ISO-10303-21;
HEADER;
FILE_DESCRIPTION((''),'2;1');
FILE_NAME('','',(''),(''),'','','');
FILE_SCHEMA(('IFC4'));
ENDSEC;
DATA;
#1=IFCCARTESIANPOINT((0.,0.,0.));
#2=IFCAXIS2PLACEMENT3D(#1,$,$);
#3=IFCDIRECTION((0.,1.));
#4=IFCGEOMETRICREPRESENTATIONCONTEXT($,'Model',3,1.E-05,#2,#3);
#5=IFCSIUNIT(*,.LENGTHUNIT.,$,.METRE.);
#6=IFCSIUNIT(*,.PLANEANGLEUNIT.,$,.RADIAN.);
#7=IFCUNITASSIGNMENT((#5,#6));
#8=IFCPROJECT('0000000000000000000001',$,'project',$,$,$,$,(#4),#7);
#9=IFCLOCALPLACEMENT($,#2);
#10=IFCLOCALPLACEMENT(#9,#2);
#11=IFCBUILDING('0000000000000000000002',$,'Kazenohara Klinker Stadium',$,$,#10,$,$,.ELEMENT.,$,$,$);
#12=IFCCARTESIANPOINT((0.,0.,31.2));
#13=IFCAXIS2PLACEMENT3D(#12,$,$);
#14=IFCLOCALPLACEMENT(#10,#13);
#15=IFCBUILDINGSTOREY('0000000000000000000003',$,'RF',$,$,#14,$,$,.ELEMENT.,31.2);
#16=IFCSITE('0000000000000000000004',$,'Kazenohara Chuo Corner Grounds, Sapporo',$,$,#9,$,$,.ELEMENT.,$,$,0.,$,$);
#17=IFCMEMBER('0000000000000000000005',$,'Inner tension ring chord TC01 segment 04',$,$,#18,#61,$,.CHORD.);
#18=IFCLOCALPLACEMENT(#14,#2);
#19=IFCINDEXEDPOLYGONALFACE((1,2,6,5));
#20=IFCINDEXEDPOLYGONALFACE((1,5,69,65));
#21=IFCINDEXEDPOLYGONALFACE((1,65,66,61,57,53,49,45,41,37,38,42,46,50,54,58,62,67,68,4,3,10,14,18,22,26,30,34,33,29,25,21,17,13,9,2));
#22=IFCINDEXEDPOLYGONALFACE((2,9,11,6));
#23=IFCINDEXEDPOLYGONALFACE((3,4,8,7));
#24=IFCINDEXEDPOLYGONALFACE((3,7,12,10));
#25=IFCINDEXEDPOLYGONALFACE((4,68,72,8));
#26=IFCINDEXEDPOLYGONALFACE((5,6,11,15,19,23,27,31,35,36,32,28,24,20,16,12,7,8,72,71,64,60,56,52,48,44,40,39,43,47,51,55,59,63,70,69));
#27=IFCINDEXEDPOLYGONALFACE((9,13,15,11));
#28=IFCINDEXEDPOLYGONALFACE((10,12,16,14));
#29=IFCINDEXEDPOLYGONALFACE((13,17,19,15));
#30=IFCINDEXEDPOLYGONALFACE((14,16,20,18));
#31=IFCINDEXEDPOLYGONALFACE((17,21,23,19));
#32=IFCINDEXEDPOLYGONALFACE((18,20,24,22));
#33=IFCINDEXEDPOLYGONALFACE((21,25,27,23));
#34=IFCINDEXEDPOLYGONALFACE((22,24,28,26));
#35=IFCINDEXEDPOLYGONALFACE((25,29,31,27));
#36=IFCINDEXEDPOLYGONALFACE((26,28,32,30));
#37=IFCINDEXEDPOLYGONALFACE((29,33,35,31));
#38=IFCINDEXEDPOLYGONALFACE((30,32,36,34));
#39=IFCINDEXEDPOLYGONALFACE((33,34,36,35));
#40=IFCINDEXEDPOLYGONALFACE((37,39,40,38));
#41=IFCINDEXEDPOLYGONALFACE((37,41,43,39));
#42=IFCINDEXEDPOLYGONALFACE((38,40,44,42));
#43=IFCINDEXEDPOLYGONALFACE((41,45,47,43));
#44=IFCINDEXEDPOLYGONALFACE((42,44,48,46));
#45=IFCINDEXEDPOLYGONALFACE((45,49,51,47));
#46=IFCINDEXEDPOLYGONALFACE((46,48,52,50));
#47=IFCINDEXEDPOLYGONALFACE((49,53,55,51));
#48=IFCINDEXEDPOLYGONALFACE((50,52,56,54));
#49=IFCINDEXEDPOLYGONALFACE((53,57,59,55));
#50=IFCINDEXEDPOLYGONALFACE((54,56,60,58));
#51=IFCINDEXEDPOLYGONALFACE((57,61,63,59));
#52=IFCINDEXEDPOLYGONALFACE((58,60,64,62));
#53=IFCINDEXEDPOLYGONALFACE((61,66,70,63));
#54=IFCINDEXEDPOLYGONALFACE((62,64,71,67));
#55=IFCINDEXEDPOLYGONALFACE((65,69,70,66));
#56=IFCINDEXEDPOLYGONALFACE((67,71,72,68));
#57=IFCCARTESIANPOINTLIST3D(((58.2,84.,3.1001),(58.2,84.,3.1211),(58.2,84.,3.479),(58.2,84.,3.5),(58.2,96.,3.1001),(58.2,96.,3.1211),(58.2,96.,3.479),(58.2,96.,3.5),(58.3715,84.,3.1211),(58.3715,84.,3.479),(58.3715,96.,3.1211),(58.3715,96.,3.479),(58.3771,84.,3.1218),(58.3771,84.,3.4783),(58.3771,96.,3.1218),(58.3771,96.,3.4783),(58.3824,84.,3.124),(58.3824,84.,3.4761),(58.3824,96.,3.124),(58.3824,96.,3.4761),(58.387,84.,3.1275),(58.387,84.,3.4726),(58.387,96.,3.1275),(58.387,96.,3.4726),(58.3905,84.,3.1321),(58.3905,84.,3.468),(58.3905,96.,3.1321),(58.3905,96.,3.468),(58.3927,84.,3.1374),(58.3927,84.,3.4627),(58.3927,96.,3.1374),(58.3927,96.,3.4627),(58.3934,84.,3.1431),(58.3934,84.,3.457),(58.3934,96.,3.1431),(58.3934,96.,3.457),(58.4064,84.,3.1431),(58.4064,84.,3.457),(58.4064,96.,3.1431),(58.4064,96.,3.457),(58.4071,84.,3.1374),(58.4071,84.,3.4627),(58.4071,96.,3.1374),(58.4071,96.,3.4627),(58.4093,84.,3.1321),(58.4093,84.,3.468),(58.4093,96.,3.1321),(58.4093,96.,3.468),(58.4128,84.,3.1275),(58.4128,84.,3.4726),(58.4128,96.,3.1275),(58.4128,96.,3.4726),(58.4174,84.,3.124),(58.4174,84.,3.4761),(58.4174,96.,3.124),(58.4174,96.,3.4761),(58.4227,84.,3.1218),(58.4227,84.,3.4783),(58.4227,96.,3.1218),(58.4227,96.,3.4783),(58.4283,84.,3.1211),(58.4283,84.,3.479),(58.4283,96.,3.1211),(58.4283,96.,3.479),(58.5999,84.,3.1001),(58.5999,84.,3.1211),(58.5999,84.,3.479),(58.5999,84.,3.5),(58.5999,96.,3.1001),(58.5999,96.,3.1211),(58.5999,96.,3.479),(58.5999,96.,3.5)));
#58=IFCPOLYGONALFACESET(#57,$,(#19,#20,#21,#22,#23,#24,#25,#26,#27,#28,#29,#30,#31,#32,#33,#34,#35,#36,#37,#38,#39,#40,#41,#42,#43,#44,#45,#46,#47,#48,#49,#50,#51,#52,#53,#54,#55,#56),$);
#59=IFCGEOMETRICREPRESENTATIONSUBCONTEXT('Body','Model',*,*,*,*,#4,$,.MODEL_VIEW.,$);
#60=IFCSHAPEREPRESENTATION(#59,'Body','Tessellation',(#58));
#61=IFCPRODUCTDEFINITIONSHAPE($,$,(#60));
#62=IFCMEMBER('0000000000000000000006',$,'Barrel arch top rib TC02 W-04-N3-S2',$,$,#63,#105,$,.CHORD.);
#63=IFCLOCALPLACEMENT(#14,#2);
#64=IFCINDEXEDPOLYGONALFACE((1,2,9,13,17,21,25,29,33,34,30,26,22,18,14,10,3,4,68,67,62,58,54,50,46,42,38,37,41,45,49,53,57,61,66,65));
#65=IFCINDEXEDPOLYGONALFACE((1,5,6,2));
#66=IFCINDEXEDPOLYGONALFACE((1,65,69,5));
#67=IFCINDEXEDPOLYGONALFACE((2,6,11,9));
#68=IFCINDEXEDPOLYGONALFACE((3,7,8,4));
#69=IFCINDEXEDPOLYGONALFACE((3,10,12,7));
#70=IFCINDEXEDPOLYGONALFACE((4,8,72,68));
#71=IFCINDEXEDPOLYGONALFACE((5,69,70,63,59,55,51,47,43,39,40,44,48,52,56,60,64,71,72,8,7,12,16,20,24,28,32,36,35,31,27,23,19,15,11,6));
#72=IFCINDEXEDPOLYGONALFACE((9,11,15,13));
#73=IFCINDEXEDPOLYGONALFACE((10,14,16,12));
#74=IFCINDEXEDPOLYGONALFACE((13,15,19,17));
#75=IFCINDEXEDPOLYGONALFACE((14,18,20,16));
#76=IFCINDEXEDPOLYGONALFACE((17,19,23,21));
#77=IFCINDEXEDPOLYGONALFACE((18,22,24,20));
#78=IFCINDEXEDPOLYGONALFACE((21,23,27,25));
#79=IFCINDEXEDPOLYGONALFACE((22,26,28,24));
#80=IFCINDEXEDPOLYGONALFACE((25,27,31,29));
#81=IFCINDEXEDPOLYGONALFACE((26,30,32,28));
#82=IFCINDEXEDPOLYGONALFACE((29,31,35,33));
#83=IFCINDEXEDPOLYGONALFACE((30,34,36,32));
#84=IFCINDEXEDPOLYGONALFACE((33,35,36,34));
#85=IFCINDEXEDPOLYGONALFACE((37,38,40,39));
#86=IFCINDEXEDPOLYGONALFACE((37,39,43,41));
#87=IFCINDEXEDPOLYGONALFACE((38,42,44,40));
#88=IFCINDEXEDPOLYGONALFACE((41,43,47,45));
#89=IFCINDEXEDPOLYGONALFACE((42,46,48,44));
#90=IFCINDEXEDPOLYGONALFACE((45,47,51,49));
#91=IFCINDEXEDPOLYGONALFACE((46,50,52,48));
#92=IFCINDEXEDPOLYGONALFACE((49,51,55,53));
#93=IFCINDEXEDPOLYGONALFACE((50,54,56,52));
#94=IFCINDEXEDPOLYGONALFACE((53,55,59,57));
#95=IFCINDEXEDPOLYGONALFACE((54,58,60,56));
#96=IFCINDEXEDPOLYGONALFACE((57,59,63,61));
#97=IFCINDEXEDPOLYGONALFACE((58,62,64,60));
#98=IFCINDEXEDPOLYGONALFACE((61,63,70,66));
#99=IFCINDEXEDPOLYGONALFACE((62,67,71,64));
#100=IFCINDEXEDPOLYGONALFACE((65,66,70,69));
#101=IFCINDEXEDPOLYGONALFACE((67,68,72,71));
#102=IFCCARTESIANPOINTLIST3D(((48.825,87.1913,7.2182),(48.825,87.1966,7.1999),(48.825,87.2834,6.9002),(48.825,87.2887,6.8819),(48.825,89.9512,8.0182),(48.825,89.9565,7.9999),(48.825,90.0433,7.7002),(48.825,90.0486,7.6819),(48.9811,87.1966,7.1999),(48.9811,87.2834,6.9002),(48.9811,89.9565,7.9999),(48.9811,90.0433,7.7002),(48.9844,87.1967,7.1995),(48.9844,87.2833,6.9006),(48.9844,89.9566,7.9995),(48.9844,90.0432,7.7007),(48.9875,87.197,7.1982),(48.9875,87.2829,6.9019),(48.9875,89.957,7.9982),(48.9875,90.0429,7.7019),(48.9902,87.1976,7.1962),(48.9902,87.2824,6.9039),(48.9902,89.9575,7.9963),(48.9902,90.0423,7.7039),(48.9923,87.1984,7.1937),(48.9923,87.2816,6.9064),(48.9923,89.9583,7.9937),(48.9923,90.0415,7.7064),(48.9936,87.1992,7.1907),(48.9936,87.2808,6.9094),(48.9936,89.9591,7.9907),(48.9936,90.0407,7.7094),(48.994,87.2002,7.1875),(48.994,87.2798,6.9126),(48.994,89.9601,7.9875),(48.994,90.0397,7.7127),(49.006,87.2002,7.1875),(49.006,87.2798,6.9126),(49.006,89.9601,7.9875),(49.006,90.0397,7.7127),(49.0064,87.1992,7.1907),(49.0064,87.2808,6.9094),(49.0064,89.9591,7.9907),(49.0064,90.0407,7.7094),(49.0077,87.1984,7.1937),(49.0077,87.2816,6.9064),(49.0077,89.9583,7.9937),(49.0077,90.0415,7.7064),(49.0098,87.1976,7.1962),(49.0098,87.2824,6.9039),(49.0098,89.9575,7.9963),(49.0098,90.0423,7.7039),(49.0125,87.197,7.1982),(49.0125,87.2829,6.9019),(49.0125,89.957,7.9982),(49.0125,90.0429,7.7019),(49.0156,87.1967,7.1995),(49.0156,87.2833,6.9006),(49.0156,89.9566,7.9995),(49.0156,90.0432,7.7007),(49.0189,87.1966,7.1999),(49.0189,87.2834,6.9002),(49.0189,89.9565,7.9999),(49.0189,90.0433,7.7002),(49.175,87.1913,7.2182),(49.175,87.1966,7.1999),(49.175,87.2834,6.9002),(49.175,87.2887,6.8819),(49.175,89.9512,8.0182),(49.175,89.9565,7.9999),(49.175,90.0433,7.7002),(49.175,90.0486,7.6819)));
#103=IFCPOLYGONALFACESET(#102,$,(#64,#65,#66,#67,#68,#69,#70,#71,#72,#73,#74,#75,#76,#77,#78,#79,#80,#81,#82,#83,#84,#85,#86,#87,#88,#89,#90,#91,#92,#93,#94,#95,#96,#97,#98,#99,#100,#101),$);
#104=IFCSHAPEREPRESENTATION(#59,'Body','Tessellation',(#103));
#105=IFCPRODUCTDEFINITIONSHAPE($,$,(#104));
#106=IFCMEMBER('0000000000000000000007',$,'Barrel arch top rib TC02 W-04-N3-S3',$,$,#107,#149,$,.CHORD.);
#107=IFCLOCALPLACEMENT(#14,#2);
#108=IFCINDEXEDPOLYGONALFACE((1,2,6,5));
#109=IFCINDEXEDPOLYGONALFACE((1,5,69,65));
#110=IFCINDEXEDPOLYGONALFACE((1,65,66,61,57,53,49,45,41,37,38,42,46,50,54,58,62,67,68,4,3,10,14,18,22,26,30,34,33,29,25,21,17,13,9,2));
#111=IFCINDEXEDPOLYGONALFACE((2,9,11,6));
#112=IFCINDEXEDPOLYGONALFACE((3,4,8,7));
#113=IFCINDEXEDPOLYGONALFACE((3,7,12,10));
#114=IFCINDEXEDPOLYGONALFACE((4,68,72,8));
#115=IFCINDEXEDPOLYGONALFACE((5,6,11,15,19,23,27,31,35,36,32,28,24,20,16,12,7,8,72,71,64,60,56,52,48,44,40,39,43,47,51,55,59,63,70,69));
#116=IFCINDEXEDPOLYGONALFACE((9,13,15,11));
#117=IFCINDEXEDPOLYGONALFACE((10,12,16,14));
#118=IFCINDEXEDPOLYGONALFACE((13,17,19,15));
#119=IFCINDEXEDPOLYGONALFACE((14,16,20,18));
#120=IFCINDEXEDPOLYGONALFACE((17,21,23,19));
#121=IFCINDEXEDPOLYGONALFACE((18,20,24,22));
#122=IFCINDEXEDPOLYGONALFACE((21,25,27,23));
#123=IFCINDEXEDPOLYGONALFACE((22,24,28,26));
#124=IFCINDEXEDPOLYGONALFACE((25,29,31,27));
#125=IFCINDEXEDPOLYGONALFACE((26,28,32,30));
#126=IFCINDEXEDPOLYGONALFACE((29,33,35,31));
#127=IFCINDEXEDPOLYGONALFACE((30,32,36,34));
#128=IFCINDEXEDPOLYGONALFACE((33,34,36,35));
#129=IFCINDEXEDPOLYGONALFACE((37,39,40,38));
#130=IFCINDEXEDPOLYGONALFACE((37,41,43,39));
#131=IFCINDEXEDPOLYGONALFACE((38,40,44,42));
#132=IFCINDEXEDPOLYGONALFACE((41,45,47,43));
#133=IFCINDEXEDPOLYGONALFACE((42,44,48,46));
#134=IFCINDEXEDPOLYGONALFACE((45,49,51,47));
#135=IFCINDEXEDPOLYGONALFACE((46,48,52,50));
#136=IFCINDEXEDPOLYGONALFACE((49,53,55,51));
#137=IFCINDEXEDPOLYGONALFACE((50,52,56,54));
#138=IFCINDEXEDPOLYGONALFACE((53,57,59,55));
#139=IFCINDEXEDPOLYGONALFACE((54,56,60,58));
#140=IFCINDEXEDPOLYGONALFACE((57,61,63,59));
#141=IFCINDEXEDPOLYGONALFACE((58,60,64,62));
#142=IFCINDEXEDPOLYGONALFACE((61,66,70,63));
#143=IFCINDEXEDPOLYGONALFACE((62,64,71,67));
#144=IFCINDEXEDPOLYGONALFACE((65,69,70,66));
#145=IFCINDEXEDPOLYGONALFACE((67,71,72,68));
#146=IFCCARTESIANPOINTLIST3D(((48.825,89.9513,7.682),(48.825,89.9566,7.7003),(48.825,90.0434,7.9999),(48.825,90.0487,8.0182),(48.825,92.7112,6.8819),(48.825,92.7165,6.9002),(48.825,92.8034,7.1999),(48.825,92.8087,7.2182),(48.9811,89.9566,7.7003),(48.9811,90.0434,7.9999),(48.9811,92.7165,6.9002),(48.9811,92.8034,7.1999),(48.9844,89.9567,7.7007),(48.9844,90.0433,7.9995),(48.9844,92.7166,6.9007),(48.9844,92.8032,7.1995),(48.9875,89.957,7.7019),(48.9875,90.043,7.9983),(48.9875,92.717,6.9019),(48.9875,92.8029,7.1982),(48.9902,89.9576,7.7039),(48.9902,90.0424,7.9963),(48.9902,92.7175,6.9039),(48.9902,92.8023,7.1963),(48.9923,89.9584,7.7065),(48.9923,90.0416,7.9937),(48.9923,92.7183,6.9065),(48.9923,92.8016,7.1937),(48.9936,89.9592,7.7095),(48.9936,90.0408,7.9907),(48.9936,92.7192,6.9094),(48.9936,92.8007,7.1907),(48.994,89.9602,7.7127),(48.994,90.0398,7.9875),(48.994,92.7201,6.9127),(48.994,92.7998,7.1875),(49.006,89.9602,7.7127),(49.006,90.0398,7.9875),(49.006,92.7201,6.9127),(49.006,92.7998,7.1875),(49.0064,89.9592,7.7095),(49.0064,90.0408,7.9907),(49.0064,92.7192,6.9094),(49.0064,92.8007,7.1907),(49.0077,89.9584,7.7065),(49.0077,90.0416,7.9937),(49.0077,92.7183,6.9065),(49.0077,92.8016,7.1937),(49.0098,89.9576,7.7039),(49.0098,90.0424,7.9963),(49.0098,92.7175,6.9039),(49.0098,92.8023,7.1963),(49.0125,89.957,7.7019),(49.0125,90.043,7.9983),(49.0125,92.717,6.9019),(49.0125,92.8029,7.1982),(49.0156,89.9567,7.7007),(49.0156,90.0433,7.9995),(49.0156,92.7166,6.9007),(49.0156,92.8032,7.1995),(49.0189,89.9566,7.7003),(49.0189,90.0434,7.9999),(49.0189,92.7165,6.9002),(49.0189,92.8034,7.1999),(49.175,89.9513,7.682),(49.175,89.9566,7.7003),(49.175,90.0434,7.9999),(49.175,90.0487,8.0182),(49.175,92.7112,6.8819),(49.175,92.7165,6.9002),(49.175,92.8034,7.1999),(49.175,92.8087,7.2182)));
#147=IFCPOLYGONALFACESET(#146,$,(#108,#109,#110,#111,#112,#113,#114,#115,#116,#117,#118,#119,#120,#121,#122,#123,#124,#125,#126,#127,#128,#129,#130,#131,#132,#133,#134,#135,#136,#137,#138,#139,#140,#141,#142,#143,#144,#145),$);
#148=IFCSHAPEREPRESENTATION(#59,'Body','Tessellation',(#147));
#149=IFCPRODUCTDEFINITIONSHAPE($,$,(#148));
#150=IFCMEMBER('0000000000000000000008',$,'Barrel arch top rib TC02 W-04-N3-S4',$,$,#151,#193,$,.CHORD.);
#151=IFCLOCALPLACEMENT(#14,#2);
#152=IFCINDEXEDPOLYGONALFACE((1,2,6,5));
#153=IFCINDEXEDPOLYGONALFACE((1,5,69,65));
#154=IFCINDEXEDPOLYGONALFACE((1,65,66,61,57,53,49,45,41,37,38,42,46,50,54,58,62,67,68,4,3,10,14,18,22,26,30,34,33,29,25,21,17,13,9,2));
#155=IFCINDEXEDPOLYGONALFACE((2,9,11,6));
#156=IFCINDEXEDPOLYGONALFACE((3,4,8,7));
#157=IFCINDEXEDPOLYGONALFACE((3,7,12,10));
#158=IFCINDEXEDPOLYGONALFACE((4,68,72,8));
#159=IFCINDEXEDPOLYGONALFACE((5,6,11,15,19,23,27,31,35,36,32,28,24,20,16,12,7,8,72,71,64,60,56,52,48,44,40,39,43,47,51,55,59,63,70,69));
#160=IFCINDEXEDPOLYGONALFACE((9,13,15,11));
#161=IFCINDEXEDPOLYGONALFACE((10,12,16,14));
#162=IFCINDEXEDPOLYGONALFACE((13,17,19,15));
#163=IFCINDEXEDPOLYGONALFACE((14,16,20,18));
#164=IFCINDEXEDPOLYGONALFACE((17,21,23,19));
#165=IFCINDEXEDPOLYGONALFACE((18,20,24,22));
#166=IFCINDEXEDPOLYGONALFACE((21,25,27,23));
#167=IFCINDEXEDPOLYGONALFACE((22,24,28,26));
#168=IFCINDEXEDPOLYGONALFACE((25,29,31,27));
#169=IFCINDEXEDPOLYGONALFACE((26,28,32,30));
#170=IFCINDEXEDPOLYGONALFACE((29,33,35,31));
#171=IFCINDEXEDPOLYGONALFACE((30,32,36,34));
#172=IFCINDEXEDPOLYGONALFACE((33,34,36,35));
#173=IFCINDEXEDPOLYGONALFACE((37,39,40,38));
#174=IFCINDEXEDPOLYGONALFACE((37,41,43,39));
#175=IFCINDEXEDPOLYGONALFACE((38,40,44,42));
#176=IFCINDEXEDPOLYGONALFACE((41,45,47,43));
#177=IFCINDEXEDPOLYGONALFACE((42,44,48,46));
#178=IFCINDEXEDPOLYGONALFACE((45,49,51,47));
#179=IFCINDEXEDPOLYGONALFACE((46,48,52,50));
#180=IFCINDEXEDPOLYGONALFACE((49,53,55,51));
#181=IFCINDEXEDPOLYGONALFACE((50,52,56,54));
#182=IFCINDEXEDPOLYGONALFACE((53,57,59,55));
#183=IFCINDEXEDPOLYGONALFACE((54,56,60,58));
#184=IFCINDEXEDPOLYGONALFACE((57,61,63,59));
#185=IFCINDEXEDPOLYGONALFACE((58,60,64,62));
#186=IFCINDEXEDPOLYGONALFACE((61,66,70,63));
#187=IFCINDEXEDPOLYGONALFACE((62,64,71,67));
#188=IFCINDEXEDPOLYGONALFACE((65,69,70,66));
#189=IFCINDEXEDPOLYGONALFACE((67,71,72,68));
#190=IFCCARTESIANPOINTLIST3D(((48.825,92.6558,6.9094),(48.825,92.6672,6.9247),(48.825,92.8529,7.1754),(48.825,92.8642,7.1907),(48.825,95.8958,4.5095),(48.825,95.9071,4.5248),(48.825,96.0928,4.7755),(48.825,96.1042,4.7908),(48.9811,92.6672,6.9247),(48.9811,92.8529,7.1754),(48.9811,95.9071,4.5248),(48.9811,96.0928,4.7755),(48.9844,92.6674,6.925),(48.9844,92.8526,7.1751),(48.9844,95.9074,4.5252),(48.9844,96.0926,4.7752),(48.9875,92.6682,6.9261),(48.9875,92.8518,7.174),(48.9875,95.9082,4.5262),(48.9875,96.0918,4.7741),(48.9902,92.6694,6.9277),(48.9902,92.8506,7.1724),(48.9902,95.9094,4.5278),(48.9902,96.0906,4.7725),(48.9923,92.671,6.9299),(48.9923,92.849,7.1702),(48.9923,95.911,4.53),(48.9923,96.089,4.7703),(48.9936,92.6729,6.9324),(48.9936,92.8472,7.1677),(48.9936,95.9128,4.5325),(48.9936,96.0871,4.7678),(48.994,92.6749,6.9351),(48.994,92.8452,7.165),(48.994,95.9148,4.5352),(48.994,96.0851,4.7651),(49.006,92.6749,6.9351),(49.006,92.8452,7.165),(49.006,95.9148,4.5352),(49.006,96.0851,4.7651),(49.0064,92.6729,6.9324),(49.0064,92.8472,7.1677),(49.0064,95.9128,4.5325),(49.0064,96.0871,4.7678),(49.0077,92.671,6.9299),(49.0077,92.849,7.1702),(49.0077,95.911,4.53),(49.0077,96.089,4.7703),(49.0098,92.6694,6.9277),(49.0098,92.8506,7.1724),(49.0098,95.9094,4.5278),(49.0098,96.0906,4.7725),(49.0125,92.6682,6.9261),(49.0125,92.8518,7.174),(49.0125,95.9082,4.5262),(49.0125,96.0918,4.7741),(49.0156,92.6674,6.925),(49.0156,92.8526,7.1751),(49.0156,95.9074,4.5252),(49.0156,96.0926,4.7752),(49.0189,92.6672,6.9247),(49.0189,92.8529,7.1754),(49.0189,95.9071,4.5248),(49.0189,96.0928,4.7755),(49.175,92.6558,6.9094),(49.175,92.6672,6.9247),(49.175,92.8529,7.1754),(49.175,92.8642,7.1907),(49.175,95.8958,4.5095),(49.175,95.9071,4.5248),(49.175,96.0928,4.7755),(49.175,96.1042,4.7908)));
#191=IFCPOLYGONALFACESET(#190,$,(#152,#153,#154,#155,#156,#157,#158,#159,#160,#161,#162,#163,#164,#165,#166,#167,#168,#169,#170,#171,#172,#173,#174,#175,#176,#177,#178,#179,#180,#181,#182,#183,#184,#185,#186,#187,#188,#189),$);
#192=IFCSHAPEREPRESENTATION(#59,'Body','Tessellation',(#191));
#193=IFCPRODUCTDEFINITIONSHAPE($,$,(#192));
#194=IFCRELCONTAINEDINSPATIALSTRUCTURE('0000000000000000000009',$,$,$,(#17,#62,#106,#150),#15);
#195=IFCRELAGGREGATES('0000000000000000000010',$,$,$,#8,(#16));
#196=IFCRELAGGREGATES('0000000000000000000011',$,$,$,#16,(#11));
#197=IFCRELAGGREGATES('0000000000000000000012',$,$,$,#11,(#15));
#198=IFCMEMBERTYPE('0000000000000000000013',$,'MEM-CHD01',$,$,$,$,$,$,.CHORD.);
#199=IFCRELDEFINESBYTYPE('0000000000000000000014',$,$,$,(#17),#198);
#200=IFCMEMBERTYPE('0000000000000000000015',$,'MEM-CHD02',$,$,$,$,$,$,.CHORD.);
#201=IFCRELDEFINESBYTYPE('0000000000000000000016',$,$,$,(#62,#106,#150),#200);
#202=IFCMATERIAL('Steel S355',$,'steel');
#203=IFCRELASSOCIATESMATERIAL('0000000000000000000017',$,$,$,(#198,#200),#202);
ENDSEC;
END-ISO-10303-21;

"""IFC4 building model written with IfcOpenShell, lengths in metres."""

from ifc_helpers import new_model, si_unit, direction, frame, origin, origin_2d, place, context, subcontext, project, spatial, i_section, extrude, material, material_profile, profile_set, type_object, element, save


model = new_model("IFC4")

# Units and contexts
model_context = context("Model", 3, precision=1e-05, world=origin(), true_north=direction((0.0, 1.0)))
body_context = subcontext(model_context, "Body", "Model", "MODEL_VIEW")
ifc_project = project(units=[si_unit("LENGTHUNIT", "METRE"), si_unit("PLANEANGLEUNIT", "RADIAN")], contexts=[model_context])

# Site, building, storey
site_placement = place(None, origin())
site = spatial("IfcSite", under=ifc_project, at=site_placement, Name="Kazenohara Chuo Corner Grounds, Sapporo", CompositionType="ELEMENT", RefElevation=0.0)
building_placement = place(site_placement, origin())
building = spatial("IfcBuilding", under=site, at=building_placement, Name="Kazenohara Klinker Stadium", CompositionType="ELEMENT")
storey_placement = place(building_placement, frame((0.0, 0.0, 31.2)))
storey = spatial("IfcBuildingStorey", under=building, at=storey_placement, Name="RF", CompositionType="ELEMENT", Elevation=31.2)

# Members
ifc_material_1 = material(Name="Steel S355", Category="steel")
ifc_material_profile_1 = material_profile(ifc_material_1, i_section(OverallWidth=0.3999, OverallDepth=0.3999, WebThickness=0.0129, FlangeThickness=0.021, FilletRadius=0.022, at=origin_2d()), Name="H-400x400x13x21")
ifc_profile_set_1 = profile_set([ifc_material_profile_1], Name="Steel S355")
member_type_1 = type_object("IfcMemberType", Name="MEM-CHD01", PredefinedType="CHORD", material=ifc_profile_set_1)
member_1_placement = place(storey_placement, frame((58.3999, 84.0, 3.3), z_axis=(0.0, 1.0, 0.0), x_axis=(-1.0, 0.0, 0.0)))
element("IfcMember", 1, at=member_1_placement, inside=storey, type_object=member_type_1, Name="Inner tension ring chord TC01 segment 04", PredefinedType="CHORD", context=body_context, shape_type="SweptSolid", body=[
    extrude(i_section(OverallWidth=0.3999, OverallDepth=0.3999, WebThickness=0.0129, FlangeThickness=0.021, FilletRadius=0.022, at=origin_2d()), origin(), (0.0, 0.0, 1.0), 12.0),
])
ifc_material_profile_2 = material_profile(ifc_material_1, i_section(OverallWidth=0.3501, OverallDepth=0.3501, WebThickness=0.012, FlangeThickness=0.019, FilletRadius=0.0129, at=origin_2d()), Name="H-350x350x12x19")
ifc_profile_set_2 = profile_set([ifc_material_profile_2], Name="Steel S355")
member_type_2 = type_object("IfcMemberType", Name="MEM-CHD02", PredefinedType="CHORD", material=ifc_profile_set_2)
for number, where, z_axis, x_axis, name in (
    (2, (49.0, 87.24, 7.05), (0.0, 0.960462, 0.278411), (-1.0, 0.0, 0.0), "Barrel arch top rib TC02 W-04-N3-S2"),
    (3, (49.0, 90.0, 7.8501), (0.0, 0.960462, -0.278411), (-1.0, 0.0, 0.0), "Barrel arch top rib TC02 W-04-N3-S3"),
):
    element("IfcMember", number, at=place(storey_placement, frame(where, z_axis=z_axis, x_axis=x_axis)), inside=storey, type_object=member_type_2, Name=name, PredefinedType="CHORD", context=body_context, shape_type="SweptSolid", body=[
        extrude(i_section(OverallWidth=0.3501, OverallDepth=0.3501, WebThickness=0.012, FlangeThickness=0.019, FilletRadius=0.0129, at=origin_2d()), origin(), (0.0, 0.0, 1.0), 2.8735),
    ])
for number, where, z_axis, x_axis, name in (
    (4, (49.0, 92.76, 7.05), (0.0, 0.803568, -0.595213), (-1.0, 0.0, 0.0), "Barrel arch top rib TC02 W-04-N3-S4"),
):
    element("IfcMember", number, at=place(storey_placement, frame(where, z_axis=z_axis, x_axis=x_axis)), inside=storey, type_object=member_type_2, Name=name, PredefinedType="CHORD", context=body_context, shape_type="SweptSolid", body=[
        extrude(i_section(OverallWidth=0.3501, OverallDepth=0.3501, WebThickness=0.012, FlangeThickness=0.019, FilletRadius=0.0129, at=origin_2d()), origin(), (0.0, 0.0, 1.0), 4.032),
    ])

save(model, "model.ifc")
